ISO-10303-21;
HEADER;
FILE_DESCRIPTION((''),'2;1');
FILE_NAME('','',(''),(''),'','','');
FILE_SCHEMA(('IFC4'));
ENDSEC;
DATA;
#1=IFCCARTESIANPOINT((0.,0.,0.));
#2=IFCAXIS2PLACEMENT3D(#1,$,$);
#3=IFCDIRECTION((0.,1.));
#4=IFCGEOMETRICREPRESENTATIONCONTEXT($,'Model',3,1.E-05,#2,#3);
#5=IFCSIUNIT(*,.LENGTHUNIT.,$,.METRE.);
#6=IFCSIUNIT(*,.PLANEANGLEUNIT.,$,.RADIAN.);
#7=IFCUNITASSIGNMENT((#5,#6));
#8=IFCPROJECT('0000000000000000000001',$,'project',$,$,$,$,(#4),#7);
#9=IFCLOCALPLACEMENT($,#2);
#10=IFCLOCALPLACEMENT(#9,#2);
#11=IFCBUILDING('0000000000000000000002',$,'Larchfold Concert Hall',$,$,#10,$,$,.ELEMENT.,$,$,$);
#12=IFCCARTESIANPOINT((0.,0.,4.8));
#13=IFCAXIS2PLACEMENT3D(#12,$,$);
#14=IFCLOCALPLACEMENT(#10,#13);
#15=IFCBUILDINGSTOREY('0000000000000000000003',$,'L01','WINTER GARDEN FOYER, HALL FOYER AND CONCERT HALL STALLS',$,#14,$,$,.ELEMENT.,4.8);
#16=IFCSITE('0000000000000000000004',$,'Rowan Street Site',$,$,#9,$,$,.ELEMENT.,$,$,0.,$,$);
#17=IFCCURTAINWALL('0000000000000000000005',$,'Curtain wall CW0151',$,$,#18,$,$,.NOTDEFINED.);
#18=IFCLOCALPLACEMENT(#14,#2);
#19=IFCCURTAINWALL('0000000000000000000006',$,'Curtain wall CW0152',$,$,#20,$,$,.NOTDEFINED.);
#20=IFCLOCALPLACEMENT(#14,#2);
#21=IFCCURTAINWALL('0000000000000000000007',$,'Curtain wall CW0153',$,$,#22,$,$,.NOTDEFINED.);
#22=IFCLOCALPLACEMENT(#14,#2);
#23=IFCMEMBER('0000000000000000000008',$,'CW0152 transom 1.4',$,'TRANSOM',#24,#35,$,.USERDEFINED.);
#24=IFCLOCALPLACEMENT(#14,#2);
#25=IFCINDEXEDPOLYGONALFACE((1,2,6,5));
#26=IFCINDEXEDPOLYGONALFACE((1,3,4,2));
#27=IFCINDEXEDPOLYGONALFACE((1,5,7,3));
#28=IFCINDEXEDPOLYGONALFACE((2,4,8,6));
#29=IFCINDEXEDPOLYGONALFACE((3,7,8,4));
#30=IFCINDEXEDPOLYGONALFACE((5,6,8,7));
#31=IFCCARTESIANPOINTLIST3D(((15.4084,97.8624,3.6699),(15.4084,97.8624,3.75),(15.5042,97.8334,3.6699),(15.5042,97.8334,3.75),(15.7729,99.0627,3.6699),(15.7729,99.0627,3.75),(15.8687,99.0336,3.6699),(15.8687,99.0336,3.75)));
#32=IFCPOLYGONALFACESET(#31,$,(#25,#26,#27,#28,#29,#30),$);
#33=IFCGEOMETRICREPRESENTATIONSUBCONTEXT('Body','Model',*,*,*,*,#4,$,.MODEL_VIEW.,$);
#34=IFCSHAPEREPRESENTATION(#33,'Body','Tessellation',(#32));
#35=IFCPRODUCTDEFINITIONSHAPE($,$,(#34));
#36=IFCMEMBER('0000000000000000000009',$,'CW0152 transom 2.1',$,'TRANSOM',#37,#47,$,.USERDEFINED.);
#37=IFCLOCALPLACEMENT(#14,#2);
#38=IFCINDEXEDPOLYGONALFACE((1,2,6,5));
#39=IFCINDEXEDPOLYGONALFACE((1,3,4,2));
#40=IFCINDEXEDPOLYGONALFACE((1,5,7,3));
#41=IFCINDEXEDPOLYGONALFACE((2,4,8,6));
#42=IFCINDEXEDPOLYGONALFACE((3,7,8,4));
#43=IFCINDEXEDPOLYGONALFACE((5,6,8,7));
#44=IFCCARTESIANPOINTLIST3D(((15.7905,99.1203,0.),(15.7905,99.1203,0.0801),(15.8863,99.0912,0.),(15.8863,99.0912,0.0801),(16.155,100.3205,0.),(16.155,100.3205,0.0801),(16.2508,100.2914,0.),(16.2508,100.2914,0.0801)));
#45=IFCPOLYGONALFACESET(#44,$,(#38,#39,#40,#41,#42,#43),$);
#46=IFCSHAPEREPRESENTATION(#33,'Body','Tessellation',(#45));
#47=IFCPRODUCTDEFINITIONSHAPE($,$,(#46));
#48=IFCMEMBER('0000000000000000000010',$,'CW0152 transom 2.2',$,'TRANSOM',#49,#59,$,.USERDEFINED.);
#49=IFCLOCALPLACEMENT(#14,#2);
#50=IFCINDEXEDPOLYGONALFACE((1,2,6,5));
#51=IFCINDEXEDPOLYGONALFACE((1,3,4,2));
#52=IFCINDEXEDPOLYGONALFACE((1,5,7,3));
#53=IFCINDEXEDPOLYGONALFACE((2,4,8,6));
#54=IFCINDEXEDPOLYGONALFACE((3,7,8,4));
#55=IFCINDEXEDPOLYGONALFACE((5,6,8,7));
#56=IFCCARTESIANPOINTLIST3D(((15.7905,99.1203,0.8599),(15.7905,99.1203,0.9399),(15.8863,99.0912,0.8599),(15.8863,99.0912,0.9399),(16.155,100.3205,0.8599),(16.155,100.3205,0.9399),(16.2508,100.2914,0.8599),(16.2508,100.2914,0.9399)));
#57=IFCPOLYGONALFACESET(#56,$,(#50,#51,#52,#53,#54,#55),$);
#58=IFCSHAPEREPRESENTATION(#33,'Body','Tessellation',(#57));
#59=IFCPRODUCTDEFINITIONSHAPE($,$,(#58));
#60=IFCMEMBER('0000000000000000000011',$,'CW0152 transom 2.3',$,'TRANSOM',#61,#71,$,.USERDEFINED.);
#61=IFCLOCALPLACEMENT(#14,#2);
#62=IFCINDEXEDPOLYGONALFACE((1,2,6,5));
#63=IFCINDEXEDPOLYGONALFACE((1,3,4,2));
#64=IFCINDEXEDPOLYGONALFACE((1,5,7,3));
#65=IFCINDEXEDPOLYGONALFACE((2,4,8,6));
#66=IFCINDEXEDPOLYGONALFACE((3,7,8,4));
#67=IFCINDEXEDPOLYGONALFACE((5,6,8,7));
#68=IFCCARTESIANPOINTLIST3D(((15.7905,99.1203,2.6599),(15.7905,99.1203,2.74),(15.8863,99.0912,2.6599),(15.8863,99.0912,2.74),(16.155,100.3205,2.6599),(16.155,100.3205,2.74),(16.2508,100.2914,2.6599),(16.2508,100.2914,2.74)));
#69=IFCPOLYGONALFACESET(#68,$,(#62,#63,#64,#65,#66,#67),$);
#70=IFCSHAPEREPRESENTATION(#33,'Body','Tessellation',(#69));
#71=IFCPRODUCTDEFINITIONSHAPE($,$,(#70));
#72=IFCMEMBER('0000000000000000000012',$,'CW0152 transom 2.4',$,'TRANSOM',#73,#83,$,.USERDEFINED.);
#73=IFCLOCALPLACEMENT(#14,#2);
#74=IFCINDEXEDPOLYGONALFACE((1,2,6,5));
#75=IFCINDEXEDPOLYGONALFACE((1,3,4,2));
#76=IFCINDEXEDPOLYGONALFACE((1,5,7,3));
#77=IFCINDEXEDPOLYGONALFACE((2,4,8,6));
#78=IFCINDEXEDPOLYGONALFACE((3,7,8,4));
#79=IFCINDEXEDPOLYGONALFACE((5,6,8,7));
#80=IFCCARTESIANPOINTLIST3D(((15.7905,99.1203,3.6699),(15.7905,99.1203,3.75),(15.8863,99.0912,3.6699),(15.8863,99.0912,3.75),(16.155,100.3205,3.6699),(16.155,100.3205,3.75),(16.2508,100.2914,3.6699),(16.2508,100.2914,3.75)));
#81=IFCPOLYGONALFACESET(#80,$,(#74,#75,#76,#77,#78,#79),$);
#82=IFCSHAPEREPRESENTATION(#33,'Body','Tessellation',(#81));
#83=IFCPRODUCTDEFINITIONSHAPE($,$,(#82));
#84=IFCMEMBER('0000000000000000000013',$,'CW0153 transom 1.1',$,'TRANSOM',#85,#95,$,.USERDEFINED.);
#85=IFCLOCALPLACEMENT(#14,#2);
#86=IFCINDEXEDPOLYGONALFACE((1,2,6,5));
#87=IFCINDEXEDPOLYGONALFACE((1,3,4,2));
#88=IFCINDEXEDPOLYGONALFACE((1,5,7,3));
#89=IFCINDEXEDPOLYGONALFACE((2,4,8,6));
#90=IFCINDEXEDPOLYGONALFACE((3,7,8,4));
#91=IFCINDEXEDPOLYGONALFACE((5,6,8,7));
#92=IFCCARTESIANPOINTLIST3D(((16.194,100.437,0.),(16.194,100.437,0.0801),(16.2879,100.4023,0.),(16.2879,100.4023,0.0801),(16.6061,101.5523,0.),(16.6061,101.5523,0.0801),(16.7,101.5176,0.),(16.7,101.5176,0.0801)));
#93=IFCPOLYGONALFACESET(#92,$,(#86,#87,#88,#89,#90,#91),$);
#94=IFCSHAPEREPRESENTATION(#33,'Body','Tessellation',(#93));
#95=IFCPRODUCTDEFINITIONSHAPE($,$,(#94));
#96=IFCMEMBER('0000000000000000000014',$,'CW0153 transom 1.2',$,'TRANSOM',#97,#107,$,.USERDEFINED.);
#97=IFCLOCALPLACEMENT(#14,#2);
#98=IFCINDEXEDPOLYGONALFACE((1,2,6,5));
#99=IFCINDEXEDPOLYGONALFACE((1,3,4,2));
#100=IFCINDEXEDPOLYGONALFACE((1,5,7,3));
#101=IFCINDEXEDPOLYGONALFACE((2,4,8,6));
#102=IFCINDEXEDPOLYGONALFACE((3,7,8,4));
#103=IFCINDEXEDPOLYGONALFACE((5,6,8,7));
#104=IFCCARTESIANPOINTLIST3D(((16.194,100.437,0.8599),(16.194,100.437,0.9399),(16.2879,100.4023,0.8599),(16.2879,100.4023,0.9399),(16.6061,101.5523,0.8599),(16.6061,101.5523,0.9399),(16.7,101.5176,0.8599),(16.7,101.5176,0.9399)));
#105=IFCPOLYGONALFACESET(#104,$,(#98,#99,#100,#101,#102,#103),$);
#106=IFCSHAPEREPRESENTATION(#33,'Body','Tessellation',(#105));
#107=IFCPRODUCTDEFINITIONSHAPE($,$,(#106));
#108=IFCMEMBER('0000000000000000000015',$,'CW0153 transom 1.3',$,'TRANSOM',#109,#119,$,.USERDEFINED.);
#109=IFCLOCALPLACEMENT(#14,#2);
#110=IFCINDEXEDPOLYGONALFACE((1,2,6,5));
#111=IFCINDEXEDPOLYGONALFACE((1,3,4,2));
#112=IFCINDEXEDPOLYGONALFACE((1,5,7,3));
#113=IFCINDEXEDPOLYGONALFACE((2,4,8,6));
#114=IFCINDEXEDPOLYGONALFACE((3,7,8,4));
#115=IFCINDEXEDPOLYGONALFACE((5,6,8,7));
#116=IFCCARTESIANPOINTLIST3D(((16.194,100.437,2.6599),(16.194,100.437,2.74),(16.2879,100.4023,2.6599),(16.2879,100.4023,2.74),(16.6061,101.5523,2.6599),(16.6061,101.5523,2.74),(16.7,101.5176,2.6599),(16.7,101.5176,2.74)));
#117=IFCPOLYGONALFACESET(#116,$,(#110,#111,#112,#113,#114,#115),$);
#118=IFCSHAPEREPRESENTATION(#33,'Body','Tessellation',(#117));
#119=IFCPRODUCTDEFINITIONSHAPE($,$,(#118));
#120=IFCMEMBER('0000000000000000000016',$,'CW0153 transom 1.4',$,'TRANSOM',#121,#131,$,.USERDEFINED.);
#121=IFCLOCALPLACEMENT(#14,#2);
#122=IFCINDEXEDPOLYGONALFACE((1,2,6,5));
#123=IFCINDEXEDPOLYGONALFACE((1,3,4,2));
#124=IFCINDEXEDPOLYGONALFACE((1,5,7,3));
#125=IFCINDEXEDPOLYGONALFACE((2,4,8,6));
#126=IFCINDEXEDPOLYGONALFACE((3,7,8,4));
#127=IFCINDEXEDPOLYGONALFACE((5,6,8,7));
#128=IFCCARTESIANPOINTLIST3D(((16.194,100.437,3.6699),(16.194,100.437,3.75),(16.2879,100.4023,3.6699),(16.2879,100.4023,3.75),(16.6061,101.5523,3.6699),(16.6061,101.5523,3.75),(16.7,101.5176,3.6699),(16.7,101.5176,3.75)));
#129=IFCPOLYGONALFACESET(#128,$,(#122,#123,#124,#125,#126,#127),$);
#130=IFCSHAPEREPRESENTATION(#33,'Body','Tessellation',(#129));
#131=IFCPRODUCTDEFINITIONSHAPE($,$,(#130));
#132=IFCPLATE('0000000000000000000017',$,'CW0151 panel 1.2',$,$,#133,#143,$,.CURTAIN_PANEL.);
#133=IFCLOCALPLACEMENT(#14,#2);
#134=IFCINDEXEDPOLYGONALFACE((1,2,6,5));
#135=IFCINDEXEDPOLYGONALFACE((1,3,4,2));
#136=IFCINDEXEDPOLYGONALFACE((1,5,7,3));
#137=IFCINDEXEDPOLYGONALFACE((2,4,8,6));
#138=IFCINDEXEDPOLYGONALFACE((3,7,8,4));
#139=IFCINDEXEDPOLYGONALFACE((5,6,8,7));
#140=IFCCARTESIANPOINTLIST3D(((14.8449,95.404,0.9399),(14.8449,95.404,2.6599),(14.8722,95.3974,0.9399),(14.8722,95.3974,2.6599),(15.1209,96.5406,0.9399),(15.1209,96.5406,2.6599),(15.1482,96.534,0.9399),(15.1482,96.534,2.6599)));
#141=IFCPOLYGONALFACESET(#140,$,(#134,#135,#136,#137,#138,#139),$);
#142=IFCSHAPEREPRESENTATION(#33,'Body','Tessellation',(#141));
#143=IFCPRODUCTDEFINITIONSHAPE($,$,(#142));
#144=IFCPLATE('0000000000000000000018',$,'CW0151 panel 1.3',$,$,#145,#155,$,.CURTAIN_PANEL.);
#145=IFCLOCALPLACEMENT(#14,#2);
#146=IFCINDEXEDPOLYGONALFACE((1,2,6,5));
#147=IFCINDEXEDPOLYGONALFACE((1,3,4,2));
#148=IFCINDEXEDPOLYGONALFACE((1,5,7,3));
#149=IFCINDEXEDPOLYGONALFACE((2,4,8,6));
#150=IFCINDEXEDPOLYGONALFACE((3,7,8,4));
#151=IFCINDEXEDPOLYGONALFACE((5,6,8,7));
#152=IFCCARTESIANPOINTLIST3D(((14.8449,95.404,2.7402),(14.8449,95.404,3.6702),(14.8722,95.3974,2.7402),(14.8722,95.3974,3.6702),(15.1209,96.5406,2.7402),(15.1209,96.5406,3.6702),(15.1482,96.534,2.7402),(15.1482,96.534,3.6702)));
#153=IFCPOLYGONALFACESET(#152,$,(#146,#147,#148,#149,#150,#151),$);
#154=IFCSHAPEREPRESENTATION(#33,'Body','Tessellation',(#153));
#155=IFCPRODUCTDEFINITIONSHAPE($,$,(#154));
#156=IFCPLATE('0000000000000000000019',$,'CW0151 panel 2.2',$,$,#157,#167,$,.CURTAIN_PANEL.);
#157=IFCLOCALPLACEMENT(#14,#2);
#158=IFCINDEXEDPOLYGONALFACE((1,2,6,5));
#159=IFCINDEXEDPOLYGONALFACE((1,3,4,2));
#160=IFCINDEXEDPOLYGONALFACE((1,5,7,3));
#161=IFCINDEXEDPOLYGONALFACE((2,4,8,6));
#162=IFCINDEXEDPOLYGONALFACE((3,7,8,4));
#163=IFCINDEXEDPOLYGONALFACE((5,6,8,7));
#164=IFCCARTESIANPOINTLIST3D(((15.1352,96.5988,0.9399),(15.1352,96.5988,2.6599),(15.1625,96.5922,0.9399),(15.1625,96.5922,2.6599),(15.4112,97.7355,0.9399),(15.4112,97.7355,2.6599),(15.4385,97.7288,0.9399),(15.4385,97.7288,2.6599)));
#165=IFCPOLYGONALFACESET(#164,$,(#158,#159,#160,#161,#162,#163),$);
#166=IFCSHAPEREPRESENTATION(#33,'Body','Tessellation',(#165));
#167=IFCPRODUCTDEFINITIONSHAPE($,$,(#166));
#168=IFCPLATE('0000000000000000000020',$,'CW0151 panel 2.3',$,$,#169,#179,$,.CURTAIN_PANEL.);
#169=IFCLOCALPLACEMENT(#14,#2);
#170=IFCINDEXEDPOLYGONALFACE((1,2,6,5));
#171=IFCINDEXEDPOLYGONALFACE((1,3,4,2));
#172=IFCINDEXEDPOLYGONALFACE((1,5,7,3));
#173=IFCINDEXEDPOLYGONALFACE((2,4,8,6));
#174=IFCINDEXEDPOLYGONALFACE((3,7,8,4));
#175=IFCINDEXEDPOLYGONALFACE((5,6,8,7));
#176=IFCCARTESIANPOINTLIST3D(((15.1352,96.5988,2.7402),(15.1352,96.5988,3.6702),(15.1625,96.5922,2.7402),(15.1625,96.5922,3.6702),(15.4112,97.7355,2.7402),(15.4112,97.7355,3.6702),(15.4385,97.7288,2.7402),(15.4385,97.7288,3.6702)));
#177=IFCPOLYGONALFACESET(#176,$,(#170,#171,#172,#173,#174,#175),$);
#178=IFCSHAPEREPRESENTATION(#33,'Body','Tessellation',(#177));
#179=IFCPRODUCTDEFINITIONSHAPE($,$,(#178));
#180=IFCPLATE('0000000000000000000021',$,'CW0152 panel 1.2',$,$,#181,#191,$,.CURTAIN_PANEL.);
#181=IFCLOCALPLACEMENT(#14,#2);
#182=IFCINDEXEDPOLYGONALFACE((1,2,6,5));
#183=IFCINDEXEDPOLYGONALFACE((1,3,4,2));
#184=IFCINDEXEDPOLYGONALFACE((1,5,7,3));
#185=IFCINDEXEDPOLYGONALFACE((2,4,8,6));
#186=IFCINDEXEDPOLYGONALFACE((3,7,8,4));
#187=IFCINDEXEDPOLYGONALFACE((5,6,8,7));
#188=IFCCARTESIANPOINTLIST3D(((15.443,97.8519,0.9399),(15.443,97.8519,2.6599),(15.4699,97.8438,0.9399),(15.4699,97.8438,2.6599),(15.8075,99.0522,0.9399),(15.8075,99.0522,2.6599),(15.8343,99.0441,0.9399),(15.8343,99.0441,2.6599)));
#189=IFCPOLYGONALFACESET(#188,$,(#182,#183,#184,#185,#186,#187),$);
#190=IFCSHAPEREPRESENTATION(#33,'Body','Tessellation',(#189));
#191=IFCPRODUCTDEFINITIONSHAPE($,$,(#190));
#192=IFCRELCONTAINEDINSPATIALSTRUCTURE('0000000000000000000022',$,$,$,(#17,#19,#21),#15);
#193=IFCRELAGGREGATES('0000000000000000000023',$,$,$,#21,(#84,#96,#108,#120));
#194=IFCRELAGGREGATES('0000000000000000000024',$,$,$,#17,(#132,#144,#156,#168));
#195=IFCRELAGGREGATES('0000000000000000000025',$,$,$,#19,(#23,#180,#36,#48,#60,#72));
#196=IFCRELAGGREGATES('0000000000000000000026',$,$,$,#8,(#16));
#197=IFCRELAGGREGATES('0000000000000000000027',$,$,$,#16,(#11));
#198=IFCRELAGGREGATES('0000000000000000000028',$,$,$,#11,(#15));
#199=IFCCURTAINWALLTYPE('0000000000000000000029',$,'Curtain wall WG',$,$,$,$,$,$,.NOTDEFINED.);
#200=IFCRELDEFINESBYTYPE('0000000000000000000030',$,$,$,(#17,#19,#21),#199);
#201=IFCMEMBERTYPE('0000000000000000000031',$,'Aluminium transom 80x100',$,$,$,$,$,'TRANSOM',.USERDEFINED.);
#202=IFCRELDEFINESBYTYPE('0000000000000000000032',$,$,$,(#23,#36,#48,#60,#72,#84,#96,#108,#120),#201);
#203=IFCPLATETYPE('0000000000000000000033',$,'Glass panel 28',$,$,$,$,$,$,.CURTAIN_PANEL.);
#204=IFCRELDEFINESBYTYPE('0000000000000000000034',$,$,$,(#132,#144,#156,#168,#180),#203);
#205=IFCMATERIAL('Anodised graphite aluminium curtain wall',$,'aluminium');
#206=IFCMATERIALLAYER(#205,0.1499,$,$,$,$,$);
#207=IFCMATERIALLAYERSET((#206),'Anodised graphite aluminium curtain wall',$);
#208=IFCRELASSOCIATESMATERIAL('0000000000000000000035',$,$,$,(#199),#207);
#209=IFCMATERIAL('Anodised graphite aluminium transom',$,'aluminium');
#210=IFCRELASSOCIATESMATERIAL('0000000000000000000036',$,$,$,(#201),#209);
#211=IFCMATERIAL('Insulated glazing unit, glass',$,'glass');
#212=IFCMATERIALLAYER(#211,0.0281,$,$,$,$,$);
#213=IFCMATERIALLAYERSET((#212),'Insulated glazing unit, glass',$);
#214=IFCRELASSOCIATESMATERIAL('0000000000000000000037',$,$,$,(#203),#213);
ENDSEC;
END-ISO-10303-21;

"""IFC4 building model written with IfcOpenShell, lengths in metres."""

from ifc_helpers import new_model, si_unit, direction, frame, origin, origin_2d, place, context, subcontext, project, spatial, rectangle, extrude, material, layer, layer_set, material_profile, profile_set, type_object, element, aggregate, save


model = new_model("IFC4")

# Units and contexts
model_context = context("Model", 3, precision=1e-05, world=origin(), true_north=direction((0.0, 1.0)))
body_context = subcontext(model_context, "Body", "Model", "MODEL_VIEW")
ifc_project = project(units=[si_unit("LENGTHUNIT", "METRE"), si_unit("PLANEANGLEUNIT", "RADIAN")], contexts=[model_context])

# Site, building, storey
site_placement = place(None, origin())
site = spatial("IfcSite", under=ifc_project, at=site_placement, Name="Rowan Street Site", CompositionType="ELEMENT", RefElevation=0.0)
building_placement = place(site_placement, origin())
building = spatial("IfcBuilding", under=site, at=building_placement, Name="Larchfold Concert Hall", CompositionType="ELEMENT")
storey_placement = place(building_placement, frame((0.0, 0.0, 4.8)))
storey = spatial("IfcBuildingStorey", under=building, at=storey_placement, Name="L01", Description="WINTER GARDEN FOYER, HALL FOYER AND CONCERT HALL STALLS", CompositionType="ELEMENT", Elevation=4.8)

# Curtain walls
ifc_material_1 = material(Name="Anodised graphite aluminium curtain wall", Category="aluminium")
ifc_layer_1 = layer(ifc_material_1, 0.1499)
ifc_layer_set_1 = layer_set([ifc_layer_1], Name="Anodised graphite aluminium curtain wall")
curtain_wall_type = type_object("IfcCurtainWallType", Name="Curtain wall WG", PredefinedType="NOTDEFINED", material=ifc_layer_set_1)
curtain_wall_1_placement = place(storey_placement, origin())
curtain_wall_1 = element("IfcCurtainWall", 1, at=curtain_wall_1_placement, inside=storey, type_object=curtain_wall_type, Name="Curtain wall CW0151", PredefinedType="NOTDEFINED")
curtain_wall_2_placement = place(storey_placement, origin())
curtain_wall_2 = element("IfcCurtainWall", 2, at=curtain_wall_2_placement, inside=storey, type_object=curtain_wall_type, Name="Curtain wall CW0152", PredefinedType="NOTDEFINED")

# Curtain wall
curtain_wall_3_placement = place(storey_placement, origin())
curtain_wall_3 = element("IfcCurtainWall", 3, at=curtain_wall_3_placement, inside=storey, type_object=curtain_wall_type, Name="Curtain wall CW0153", PredefinedType="NOTDEFINED")

# Members
ifc_material_2 = material(Name="Anodised graphite aluminium transom", Category="aluminium")
ifc_material_profile_1 = material_profile(ifc_material_2, rectangle(XDim=0.1001, YDim=0.0801, at=origin_2d()))
ifc_profile_set_1 = profile_set([ifc_material_profile_1], Name="Anodised graphite aluminium transom")
member_type_1 = type_object("IfcMemberType", Name="Aluminium transom 80x100", ElementType="TRANSOM", PredefinedType="USERDEFINED", material=ifc_profile_set_1)
member_1_placement = place(storey_placement, frame((15.4563, 97.8479, 3.71), z_axis=(0.290596, 0.956846, 0.0), x_axis=(-0.956846, 0.290596, 0.0)))
member_1 = element("IfcMember", 4, at=member_1_placement, type_object=member_type_1, Name="CW0152 transom 1.4", ObjectType="TRANSOM", PredefinedType="USERDEFINED", context=body_context, shape_type="SweptSolid", body=[
    extrude(rectangle(XDim=0.1001, YDim=0.0801, at=origin_2d()), origin(), (0.0, 0.0, 1.0), 1.2544),
])
member_2_placement = place(storey_placement, frame((15.8384, 99.1057, 0.04), z_axis=(0.290596, 0.956846, 0.0), x_axis=(-0.956846, 0.290596, 0.0)))
member_2 = element("IfcMember", 5, at=member_2_placement, type_object=member_type_1, Name="CW0152 transom 2.1", ObjectType="TRANSOM", PredefinedType="USERDEFINED", context=body_context, shape_type="SweptSolid", body=[
    extrude(rectangle(XDim=0.1001, YDim=0.0801, at=origin_2d()), origin(), (0.0, 0.0, 1.0), 1.2544),
])
member_3_placement = place(storey_placement, frame((15.8384, 99.1057, 0.8999), z_axis=(0.290596, 0.956846, 0.0), x_axis=(-0.956846, 0.290596, 0.0)))
member_3 = element("IfcMember", 6, at=member_3_placement, type_object=member_type_1, Name="CW0152 transom 2.2", ObjectType="TRANSOM", PredefinedType="USERDEFINED", context=body_context, shape_type="SweptSolid", body=[
    extrude(rectangle(XDim=0.1001, YDim=0.0801, at=origin_2d()), origin(), (0.0, 0.0, 1.0), 1.2544),
])
member_4_placement = place(storey_placement, frame((15.8384, 99.1057, 2.7), z_axis=(0.290596, 0.956846, 0.0), x_axis=(-0.956846, 0.290596, 0.0)))
member_4 = element("IfcMember", 7, at=member_4_placement, type_object=member_type_1, Name="CW0152 transom 2.3", ObjectType="TRANSOM", PredefinedType="USERDEFINED", context=body_context, shape_type="SweptSolid", body=[
    extrude(rectangle(XDim=0.1001, YDim=0.0801, at=origin_2d()), origin(), (0.0, 0.0, 1.0), 1.2544),
])
member_5_placement = place(storey_placement, frame((15.8384, 99.1057, 3.71), z_axis=(0.290596, 0.956846, 0.0), x_axis=(-0.956846, 0.290596, 0.0)))
member_5 = element("IfcMember", 8, at=member_5_placement, type_object=member_type_1, Name="CW0152 transom 2.4", ObjectType="TRANSOM", PredefinedType="USERDEFINED", context=body_context, shape_type="SweptSolid", body=[
    extrude(rectangle(XDim=0.1001, YDim=0.0801, at=origin_2d()), origin(), (0.0, 0.0, 1.0), 1.2544),
])
member_6_placement = place(storey_placement, frame((16.241, 100.4197, 0.04), z_axis=(0.346619, 0.938006, 0.0), x_axis=(-0.938006, 0.346619, 0.0)))
member_6 = element("IfcMember", 9, at=member_6_placement, type_object=member_type_1, Name="CW0153 transom 1.1", ObjectType="TRANSOM", PredefinedType="USERDEFINED", context=body_context, shape_type="SweptSolid", body=[
    extrude(rectangle(XDim=0.1001, YDim=0.0801, at=origin_2d()), origin(), (0.0, 0.0, 1.0), 1.189),
])
member_7_placement = place(storey_placement, frame((16.241, 100.4197, 0.8999), z_axis=(0.346619, 0.938006, 0.0), x_axis=(-0.938006, 0.346619, 0.0)))
member_7 = element("IfcMember", 10, at=member_7_placement, type_object=member_type_1, Name="CW0153 transom 1.2", ObjectType="TRANSOM", PredefinedType="USERDEFINED", context=body_context, shape_type="SweptSolid", body=[
    extrude(rectangle(XDim=0.1001, YDim=0.0801, at=origin_2d()), origin(), (0.0, 0.0, 1.0), 1.189),
])
member_8_placement = place(storey_placement, frame((16.241, 100.4197, 2.7), z_axis=(0.346619, 0.938006, 0.0), x_axis=(-0.938006, 0.346619, 0.0)))
member_8 = element("IfcMember", 11, at=member_8_placement, type_object=member_type_1, Name="CW0153 transom 1.3", ObjectType="TRANSOM", PredefinedType="USERDEFINED", context=body_context, shape_type="SweptSolid", body=[
    extrude(rectangle(XDim=0.1001, YDim=0.0801, at=origin_2d()), origin(), (0.0, 0.0, 1.0), 1.189),
])
member_9_placement = place(storey_placement, frame((16.241, 100.4197, 3.71), z_axis=(0.346619, 0.938006, 0.0), x_axis=(-0.938006, 0.346619, 0.0)))
member_9 = element("IfcMember", 12, at=member_9_placement, type_object=member_type_1, Name="CW0153 transom 1.4", ObjectType="TRANSOM", PredefinedType="USERDEFINED", context=body_context, shape_type="SweptSolid", body=[
    extrude(rectangle(XDim=0.1001, YDim=0.0801, at=origin_2d()), origin(), (0.0, 0.0, 1.0), 1.189),
])
aggregate(curtain_wall_3, [member_6, member_7, member_8, member_9])

# Plates
ifc_material_3 = material(Name="Insulated glazing unit, glass", Category="glass")
ifc_layer_2 = layer(ifc_material_3, 0.0281)
ifc_layer_set_2 = layer_set([ifc_layer_2], Name="Insulated glazing unit, glass")
plate_type_1 = type_object("IfcPlateType", Name="Glass panel 28", PredefinedType="CURTAIN_PANEL", material=ifc_layer_set_2)
plate_1_placement = place(storey_placement, frame((14.9966, 95.969, 0.9399), z_axis=(0.0, 0.0, 1.0), x_axis=(0.235963, 0.971762, 0.0)))
plate_1 = element("IfcPlate", 13, at=plate_1_placement, type_object=plate_type_1, Name="CW0151 panel 1.2", PredefinedType="CURTAIN_PANEL", context=body_context, shape_type="SweptSolid", body=[
    extrude(rectangle(XDim=1.1697, YDim=0.0281, at=origin_2d()), origin(), (0.0, 0.0, 1.0), 1.72),
])
plate_2_placement = place(storey_placement, frame((14.9966, 95.969, 2.7402), z_axis=(0.0, 0.0, 1.0), x_axis=(0.235963, 0.971762, 0.0)))
plate_2 = element("IfcPlate", 14, at=plate_2_placement, type_object=plate_type_1, Name="CW0151 panel 1.3", PredefinedType="CURTAIN_PANEL", context=body_context, shape_type="SweptSolid", body=[
    extrude(rectangle(XDim=1.1697, YDim=0.0281, at=origin_2d()), origin(), (0.0, 0.0, 1.0), 0.9299),
])
plate_3_placement = place(storey_placement, frame((15.2869, 97.1638, 0.9399), z_axis=(0.0, 0.0, 1.0), x_axis=(0.235963, 0.971762, 0.0)))
plate_3 = element("IfcPlate", 15, at=plate_3_placement, type_object=plate_type_1, Name="CW0151 panel 2.2", PredefinedType="CURTAIN_PANEL", context=body_context, shape_type="SweptSolid", body=[
    extrude(rectangle(XDim=1.1697, YDim=0.0281, at=origin_2d()), origin(), (0.0, 0.0, 1.0), 1.72),
])
plate_4_placement = place(storey_placement, frame((15.2869, 97.1638, 2.7402), z_axis=(0.0, 0.0, 1.0), x_axis=(0.235963, 0.971762, 0.0)))
plate_4 = element("IfcPlate", 16, at=plate_4_placement, type_object=plate_type_1, Name="CW0151 panel 2.3", PredefinedType="CURTAIN_PANEL", context=body_context, shape_type="SweptSolid", body=[
    extrude(rectangle(XDim=1.1697, YDim=0.0281, at=origin_2d()), origin(), (0.0, 0.0, 1.0), 0.9299),
])
plate_5_placement = place(storey_placement, frame((15.6387, 98.448, 0.9399), z_axis=(0.0, 0.0, 1.0), x_axis=(0.290562, 0.956856, 0.0)))
plate_5 = element("IfcPlate", 17, at=plate_5_placement, type_object=plate_type_1, Name="CW0152 panel 1.2", PredefinedType="CURTAIN_PANEL", context=body_context, shape_type="SweptSolid", body=[
    extrude(rectangle(XDim=1.2544, YDim=0.0281, at=origin_2d()), origin(), (0.0, 0.0, 1.0), 1.72),
])
aggregate(curtain_wall_1, [plate_1, plate_2, plate_3, plate_4])
aggregate(curtain_wall_2, [member_1, plate_5, member_2, member_3, member_4, member_5])

save(model, "model.ifc")
